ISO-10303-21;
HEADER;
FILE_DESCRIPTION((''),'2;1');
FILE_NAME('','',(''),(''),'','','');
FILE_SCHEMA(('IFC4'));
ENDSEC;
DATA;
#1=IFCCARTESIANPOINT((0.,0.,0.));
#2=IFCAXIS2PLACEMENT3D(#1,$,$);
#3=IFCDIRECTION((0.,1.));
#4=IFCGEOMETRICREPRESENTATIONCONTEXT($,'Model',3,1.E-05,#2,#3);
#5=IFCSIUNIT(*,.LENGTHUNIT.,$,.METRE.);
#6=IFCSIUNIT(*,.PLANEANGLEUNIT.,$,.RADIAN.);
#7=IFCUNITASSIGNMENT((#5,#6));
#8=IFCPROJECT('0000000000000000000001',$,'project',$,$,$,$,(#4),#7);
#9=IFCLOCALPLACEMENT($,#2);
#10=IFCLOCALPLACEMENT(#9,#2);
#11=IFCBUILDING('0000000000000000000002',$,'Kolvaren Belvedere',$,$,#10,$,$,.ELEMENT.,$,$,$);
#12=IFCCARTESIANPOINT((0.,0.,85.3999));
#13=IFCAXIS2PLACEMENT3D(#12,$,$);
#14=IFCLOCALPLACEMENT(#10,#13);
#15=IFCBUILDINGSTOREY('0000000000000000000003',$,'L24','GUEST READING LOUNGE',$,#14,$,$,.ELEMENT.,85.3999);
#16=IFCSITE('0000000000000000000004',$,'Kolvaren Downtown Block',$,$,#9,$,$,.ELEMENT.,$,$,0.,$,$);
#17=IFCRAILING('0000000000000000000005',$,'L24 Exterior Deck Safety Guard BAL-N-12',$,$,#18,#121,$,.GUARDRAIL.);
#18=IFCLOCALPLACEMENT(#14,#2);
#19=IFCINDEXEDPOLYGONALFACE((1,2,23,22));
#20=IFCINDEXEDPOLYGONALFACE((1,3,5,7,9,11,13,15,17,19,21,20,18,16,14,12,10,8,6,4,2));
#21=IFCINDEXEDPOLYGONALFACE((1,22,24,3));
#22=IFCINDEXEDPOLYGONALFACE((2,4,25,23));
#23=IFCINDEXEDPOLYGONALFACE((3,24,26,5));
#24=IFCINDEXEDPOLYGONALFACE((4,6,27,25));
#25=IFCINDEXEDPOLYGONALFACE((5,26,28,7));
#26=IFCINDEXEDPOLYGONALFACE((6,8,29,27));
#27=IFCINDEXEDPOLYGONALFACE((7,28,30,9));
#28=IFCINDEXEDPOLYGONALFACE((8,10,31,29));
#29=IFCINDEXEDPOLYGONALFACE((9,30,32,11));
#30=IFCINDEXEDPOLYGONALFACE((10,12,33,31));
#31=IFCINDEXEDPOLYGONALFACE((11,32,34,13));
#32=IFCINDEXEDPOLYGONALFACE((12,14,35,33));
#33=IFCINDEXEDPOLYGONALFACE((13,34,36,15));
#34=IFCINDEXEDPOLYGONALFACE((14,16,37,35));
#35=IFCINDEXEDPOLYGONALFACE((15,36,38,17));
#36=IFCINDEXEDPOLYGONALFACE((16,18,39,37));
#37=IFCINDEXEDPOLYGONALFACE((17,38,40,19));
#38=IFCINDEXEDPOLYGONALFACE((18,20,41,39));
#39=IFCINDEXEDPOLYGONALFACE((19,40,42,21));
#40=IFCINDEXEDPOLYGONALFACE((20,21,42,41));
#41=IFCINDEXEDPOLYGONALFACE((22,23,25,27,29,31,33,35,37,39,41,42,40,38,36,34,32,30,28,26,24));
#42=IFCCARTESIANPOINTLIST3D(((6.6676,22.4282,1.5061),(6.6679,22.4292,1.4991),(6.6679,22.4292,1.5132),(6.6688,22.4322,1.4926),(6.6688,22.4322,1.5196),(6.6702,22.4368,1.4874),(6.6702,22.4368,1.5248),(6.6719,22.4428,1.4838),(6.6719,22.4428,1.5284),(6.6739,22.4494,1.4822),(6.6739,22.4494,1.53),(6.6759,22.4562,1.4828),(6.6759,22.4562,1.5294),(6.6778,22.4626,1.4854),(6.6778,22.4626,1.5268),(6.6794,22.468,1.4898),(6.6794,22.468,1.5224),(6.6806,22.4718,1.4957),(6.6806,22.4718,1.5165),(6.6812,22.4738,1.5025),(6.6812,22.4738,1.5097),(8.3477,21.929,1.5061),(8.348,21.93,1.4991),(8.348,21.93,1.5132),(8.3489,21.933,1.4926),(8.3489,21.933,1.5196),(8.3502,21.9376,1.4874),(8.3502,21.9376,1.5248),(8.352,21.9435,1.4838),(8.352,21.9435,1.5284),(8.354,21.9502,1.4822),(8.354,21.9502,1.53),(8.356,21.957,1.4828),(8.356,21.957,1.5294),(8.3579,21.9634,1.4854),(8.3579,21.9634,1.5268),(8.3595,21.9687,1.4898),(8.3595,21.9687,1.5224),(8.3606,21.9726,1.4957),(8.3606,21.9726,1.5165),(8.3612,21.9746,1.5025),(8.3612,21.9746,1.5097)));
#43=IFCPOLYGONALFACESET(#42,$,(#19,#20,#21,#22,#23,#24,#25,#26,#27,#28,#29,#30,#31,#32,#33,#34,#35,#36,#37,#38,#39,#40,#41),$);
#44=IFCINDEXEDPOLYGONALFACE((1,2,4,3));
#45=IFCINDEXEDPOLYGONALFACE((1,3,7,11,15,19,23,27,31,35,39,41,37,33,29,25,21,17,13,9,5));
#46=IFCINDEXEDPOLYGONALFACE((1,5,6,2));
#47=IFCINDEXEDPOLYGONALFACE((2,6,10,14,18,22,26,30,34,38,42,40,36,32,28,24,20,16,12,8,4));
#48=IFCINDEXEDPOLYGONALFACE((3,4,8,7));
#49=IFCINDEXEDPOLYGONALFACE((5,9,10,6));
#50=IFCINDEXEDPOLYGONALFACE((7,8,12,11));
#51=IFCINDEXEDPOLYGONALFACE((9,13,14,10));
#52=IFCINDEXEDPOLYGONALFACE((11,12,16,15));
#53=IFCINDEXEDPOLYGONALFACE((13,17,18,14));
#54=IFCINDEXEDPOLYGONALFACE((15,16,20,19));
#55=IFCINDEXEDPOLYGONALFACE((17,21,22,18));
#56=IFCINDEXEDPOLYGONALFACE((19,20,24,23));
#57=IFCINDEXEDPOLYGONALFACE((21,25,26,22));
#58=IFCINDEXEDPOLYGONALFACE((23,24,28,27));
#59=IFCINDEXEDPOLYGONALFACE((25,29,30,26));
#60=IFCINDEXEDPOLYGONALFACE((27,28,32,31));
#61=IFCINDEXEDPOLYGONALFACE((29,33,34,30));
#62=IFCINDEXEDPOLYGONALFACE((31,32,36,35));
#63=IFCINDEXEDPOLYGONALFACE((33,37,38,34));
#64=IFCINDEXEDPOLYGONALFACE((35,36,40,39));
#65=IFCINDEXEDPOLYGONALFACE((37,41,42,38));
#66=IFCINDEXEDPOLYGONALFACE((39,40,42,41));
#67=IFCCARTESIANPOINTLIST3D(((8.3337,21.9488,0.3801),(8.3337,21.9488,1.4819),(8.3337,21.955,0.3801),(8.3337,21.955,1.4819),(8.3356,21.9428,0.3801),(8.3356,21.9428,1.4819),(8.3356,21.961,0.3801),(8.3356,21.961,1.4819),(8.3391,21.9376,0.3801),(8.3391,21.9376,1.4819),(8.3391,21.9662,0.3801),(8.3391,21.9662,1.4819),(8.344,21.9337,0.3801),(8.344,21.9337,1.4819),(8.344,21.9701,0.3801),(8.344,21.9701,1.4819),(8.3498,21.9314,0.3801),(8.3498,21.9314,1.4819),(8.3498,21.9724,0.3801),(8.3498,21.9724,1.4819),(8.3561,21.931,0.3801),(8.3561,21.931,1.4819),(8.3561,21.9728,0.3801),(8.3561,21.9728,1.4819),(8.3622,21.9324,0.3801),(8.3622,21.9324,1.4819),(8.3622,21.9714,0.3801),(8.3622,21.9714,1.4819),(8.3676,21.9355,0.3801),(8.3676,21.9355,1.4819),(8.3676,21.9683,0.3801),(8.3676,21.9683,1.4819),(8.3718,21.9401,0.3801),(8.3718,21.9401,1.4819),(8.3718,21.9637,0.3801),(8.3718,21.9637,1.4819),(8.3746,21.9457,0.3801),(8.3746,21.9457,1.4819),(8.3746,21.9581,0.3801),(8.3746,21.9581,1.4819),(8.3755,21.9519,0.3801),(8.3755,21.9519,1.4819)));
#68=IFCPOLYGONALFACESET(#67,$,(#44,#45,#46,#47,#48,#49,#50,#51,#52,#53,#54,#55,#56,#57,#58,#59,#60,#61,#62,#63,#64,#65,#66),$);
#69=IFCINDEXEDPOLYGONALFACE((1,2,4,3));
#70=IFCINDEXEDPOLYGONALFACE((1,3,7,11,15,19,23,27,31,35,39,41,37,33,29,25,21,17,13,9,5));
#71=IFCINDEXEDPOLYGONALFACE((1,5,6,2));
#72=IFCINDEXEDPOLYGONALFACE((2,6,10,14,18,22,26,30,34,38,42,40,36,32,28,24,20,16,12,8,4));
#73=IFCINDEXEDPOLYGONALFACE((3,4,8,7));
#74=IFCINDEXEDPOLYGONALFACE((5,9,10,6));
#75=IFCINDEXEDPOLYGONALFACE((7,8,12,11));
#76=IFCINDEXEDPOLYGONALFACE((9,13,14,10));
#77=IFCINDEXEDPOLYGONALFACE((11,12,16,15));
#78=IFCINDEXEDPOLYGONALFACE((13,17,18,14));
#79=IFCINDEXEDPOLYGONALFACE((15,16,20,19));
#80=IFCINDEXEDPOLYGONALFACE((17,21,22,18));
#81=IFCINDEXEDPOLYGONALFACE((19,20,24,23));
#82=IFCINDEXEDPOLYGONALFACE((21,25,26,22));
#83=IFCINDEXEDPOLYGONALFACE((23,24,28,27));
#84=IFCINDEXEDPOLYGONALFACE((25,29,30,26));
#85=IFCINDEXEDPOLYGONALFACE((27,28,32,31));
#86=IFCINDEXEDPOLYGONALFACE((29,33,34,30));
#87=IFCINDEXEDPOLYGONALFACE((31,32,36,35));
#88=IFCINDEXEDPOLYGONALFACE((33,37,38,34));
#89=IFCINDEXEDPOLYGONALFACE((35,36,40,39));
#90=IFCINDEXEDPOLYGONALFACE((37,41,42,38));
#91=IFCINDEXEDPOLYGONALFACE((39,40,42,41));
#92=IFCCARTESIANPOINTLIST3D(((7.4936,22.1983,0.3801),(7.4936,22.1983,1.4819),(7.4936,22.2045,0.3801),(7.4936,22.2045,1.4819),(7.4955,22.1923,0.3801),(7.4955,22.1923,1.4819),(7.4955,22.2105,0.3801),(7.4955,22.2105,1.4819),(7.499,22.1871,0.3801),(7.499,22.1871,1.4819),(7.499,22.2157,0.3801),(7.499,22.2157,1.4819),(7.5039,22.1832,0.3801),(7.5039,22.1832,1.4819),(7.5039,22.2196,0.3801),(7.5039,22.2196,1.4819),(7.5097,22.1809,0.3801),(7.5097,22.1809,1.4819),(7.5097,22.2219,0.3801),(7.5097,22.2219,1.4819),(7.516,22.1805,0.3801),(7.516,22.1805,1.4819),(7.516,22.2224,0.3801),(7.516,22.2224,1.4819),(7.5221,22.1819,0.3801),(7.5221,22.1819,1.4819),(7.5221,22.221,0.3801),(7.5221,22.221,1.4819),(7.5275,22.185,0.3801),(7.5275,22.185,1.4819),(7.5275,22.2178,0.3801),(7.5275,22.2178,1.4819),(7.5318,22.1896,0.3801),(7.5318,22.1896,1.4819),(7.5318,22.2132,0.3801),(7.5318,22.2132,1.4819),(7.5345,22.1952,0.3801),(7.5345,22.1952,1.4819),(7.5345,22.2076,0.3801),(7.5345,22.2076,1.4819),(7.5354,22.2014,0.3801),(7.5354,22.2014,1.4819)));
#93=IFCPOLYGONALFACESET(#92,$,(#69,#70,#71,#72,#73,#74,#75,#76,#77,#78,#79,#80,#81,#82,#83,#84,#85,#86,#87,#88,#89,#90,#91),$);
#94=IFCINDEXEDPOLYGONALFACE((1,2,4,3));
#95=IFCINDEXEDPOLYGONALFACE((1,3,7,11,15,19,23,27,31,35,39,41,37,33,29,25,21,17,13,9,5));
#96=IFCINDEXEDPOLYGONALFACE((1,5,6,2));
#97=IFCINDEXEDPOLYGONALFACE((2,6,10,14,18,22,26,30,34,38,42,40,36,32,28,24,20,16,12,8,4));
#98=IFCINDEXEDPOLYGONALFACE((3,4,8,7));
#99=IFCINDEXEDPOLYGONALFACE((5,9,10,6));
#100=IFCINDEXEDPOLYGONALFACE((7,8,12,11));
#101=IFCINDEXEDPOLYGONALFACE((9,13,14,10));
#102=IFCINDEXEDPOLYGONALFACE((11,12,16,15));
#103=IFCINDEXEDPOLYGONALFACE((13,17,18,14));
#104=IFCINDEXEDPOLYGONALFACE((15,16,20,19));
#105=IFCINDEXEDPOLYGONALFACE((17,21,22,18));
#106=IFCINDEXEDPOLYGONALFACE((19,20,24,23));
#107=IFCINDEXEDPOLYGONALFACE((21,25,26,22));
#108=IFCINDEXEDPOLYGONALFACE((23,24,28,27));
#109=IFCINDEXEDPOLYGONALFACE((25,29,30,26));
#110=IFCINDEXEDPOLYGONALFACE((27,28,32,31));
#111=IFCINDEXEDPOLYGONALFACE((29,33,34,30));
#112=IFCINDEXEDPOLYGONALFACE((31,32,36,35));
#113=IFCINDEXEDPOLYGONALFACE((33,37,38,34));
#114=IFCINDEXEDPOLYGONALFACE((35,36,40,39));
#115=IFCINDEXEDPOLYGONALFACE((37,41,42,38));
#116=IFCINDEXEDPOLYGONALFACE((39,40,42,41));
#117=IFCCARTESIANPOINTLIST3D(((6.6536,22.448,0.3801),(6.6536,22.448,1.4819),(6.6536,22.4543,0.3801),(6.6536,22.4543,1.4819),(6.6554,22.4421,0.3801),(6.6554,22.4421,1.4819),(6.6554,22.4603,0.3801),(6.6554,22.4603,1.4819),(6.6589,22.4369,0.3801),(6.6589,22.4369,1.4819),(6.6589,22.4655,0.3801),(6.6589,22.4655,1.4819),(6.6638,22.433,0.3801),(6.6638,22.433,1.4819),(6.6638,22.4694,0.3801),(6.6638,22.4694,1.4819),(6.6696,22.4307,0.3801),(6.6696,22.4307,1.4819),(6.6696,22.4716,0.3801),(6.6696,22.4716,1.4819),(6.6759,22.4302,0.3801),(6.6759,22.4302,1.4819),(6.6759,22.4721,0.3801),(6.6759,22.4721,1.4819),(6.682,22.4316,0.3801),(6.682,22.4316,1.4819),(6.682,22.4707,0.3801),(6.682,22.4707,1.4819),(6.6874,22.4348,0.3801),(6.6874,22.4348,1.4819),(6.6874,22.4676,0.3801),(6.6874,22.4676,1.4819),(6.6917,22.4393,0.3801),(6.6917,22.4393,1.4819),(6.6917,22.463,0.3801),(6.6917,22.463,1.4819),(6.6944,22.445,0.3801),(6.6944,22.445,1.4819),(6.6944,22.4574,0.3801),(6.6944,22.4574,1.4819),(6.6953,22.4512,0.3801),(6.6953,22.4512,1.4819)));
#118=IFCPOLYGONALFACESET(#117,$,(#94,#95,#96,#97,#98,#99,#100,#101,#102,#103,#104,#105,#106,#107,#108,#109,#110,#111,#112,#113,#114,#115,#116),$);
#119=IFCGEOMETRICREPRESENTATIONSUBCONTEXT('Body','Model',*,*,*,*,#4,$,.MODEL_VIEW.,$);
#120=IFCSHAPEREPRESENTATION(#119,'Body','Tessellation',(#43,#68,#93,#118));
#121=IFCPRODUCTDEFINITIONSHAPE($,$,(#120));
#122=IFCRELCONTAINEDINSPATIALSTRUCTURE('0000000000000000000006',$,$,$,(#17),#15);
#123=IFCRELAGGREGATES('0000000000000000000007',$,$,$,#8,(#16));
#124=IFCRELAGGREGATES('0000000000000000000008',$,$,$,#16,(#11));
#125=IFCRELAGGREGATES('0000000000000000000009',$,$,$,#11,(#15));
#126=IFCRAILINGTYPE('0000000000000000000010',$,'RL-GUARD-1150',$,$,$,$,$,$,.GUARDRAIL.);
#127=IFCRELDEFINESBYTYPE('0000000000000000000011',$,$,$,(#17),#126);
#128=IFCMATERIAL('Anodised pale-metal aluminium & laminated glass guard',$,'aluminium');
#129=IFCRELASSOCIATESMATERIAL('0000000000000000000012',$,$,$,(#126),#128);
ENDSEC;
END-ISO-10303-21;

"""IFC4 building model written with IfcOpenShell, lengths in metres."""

from ifc_helpers import new_model, si_unit, direction, frame, origin, origin_2d, place, context, subcontext, project, spatial, circle, extrude, material, type_object, element, save


model = new_model("IFC4")

# Units and contexts
model_context = context("Model", 3, precision=1e-05, world=origin(), true_north=direction((0.0, 1.0)))
body_context = subcontext(model_context, "Body", "Model", "MODEL_VIEW")
ifc_project = project(units=[si_unit("LENGTHUNIT", "METRE"), si_unit("PLANEANGLEUNIT", "RADIAN")], contexts=[model_context])

# Site, building, storey
site_placement = place(None, origin())
site = spatial("IfcSite", under=ifc_project, at=site_placement, Name="Kolvaren Downtown Block", CompositionType="ELEMENT", RefElevation=0.0)
building_placement = place(site_placement, origin())
building = spatial("IfcBuilding", under=site, at=building_placement, Name="Kolvaren Belvedere", CompositionType="ELEMENT")
storey_placement = place(building_placement, frame((0.0, 0.0, 85.3999)))
storey = spatial("IfcBuildingStorey", under=building, at=storey_placement, Name="L24", Description="GUEST READING LOUNGE", CompositionType="ELEMENT", Elevation=85.3999)

# Railing
ifc_material_1 = material(Name="Anodised pale-metal aluminium & laminated glass guard", Category="aluminium")
railing_type = type_object("IfcRailingType", Name="RL-GUARD-1150", PredefinedType="GUARDRAIL", material=ifc_material_1)
railing_1_placement = place(storey_placement, frame((8.3545, 21.9519, 0.3801)))
element("IfcRailing", 1, at=railing_1_placement, inside=storey, type_object=railing_type, Name="L24 Exterior Deck Safety Guard BAL-N-12", PredefinedType="GUARDRAIL", context=body_context, shape_type="SweptSolid", body=[
    extrude(circle(Radius=0.0239, at=origin_2d()), frame((0.0, 0.0, 1.126), z_axis=(-0.958574, 0.284842, 0.0), x_axis=(-0.284842, -0.958574, 0.0)), (0.0, 0.0, 1.0), 1.7527),
    extrude(circle(Radius=0.021, at=origin_2d()), origin(), (0.0, 0.0, 1.0), 1.1018),
    extrude(circle(Radius=0.021, at=origin_2d()), frame((-0.8401, 0.2495, 0.0)), (0.0, 0.0, 1.0), 1.1018),
    extrude(circle(Radius=0.021, at=origin_2d()), frame((-1.6802, 0.4993, 0.0)), (0.0, 0.0, 1.0), 1.1018),
])

save(model, "model.ifc")
